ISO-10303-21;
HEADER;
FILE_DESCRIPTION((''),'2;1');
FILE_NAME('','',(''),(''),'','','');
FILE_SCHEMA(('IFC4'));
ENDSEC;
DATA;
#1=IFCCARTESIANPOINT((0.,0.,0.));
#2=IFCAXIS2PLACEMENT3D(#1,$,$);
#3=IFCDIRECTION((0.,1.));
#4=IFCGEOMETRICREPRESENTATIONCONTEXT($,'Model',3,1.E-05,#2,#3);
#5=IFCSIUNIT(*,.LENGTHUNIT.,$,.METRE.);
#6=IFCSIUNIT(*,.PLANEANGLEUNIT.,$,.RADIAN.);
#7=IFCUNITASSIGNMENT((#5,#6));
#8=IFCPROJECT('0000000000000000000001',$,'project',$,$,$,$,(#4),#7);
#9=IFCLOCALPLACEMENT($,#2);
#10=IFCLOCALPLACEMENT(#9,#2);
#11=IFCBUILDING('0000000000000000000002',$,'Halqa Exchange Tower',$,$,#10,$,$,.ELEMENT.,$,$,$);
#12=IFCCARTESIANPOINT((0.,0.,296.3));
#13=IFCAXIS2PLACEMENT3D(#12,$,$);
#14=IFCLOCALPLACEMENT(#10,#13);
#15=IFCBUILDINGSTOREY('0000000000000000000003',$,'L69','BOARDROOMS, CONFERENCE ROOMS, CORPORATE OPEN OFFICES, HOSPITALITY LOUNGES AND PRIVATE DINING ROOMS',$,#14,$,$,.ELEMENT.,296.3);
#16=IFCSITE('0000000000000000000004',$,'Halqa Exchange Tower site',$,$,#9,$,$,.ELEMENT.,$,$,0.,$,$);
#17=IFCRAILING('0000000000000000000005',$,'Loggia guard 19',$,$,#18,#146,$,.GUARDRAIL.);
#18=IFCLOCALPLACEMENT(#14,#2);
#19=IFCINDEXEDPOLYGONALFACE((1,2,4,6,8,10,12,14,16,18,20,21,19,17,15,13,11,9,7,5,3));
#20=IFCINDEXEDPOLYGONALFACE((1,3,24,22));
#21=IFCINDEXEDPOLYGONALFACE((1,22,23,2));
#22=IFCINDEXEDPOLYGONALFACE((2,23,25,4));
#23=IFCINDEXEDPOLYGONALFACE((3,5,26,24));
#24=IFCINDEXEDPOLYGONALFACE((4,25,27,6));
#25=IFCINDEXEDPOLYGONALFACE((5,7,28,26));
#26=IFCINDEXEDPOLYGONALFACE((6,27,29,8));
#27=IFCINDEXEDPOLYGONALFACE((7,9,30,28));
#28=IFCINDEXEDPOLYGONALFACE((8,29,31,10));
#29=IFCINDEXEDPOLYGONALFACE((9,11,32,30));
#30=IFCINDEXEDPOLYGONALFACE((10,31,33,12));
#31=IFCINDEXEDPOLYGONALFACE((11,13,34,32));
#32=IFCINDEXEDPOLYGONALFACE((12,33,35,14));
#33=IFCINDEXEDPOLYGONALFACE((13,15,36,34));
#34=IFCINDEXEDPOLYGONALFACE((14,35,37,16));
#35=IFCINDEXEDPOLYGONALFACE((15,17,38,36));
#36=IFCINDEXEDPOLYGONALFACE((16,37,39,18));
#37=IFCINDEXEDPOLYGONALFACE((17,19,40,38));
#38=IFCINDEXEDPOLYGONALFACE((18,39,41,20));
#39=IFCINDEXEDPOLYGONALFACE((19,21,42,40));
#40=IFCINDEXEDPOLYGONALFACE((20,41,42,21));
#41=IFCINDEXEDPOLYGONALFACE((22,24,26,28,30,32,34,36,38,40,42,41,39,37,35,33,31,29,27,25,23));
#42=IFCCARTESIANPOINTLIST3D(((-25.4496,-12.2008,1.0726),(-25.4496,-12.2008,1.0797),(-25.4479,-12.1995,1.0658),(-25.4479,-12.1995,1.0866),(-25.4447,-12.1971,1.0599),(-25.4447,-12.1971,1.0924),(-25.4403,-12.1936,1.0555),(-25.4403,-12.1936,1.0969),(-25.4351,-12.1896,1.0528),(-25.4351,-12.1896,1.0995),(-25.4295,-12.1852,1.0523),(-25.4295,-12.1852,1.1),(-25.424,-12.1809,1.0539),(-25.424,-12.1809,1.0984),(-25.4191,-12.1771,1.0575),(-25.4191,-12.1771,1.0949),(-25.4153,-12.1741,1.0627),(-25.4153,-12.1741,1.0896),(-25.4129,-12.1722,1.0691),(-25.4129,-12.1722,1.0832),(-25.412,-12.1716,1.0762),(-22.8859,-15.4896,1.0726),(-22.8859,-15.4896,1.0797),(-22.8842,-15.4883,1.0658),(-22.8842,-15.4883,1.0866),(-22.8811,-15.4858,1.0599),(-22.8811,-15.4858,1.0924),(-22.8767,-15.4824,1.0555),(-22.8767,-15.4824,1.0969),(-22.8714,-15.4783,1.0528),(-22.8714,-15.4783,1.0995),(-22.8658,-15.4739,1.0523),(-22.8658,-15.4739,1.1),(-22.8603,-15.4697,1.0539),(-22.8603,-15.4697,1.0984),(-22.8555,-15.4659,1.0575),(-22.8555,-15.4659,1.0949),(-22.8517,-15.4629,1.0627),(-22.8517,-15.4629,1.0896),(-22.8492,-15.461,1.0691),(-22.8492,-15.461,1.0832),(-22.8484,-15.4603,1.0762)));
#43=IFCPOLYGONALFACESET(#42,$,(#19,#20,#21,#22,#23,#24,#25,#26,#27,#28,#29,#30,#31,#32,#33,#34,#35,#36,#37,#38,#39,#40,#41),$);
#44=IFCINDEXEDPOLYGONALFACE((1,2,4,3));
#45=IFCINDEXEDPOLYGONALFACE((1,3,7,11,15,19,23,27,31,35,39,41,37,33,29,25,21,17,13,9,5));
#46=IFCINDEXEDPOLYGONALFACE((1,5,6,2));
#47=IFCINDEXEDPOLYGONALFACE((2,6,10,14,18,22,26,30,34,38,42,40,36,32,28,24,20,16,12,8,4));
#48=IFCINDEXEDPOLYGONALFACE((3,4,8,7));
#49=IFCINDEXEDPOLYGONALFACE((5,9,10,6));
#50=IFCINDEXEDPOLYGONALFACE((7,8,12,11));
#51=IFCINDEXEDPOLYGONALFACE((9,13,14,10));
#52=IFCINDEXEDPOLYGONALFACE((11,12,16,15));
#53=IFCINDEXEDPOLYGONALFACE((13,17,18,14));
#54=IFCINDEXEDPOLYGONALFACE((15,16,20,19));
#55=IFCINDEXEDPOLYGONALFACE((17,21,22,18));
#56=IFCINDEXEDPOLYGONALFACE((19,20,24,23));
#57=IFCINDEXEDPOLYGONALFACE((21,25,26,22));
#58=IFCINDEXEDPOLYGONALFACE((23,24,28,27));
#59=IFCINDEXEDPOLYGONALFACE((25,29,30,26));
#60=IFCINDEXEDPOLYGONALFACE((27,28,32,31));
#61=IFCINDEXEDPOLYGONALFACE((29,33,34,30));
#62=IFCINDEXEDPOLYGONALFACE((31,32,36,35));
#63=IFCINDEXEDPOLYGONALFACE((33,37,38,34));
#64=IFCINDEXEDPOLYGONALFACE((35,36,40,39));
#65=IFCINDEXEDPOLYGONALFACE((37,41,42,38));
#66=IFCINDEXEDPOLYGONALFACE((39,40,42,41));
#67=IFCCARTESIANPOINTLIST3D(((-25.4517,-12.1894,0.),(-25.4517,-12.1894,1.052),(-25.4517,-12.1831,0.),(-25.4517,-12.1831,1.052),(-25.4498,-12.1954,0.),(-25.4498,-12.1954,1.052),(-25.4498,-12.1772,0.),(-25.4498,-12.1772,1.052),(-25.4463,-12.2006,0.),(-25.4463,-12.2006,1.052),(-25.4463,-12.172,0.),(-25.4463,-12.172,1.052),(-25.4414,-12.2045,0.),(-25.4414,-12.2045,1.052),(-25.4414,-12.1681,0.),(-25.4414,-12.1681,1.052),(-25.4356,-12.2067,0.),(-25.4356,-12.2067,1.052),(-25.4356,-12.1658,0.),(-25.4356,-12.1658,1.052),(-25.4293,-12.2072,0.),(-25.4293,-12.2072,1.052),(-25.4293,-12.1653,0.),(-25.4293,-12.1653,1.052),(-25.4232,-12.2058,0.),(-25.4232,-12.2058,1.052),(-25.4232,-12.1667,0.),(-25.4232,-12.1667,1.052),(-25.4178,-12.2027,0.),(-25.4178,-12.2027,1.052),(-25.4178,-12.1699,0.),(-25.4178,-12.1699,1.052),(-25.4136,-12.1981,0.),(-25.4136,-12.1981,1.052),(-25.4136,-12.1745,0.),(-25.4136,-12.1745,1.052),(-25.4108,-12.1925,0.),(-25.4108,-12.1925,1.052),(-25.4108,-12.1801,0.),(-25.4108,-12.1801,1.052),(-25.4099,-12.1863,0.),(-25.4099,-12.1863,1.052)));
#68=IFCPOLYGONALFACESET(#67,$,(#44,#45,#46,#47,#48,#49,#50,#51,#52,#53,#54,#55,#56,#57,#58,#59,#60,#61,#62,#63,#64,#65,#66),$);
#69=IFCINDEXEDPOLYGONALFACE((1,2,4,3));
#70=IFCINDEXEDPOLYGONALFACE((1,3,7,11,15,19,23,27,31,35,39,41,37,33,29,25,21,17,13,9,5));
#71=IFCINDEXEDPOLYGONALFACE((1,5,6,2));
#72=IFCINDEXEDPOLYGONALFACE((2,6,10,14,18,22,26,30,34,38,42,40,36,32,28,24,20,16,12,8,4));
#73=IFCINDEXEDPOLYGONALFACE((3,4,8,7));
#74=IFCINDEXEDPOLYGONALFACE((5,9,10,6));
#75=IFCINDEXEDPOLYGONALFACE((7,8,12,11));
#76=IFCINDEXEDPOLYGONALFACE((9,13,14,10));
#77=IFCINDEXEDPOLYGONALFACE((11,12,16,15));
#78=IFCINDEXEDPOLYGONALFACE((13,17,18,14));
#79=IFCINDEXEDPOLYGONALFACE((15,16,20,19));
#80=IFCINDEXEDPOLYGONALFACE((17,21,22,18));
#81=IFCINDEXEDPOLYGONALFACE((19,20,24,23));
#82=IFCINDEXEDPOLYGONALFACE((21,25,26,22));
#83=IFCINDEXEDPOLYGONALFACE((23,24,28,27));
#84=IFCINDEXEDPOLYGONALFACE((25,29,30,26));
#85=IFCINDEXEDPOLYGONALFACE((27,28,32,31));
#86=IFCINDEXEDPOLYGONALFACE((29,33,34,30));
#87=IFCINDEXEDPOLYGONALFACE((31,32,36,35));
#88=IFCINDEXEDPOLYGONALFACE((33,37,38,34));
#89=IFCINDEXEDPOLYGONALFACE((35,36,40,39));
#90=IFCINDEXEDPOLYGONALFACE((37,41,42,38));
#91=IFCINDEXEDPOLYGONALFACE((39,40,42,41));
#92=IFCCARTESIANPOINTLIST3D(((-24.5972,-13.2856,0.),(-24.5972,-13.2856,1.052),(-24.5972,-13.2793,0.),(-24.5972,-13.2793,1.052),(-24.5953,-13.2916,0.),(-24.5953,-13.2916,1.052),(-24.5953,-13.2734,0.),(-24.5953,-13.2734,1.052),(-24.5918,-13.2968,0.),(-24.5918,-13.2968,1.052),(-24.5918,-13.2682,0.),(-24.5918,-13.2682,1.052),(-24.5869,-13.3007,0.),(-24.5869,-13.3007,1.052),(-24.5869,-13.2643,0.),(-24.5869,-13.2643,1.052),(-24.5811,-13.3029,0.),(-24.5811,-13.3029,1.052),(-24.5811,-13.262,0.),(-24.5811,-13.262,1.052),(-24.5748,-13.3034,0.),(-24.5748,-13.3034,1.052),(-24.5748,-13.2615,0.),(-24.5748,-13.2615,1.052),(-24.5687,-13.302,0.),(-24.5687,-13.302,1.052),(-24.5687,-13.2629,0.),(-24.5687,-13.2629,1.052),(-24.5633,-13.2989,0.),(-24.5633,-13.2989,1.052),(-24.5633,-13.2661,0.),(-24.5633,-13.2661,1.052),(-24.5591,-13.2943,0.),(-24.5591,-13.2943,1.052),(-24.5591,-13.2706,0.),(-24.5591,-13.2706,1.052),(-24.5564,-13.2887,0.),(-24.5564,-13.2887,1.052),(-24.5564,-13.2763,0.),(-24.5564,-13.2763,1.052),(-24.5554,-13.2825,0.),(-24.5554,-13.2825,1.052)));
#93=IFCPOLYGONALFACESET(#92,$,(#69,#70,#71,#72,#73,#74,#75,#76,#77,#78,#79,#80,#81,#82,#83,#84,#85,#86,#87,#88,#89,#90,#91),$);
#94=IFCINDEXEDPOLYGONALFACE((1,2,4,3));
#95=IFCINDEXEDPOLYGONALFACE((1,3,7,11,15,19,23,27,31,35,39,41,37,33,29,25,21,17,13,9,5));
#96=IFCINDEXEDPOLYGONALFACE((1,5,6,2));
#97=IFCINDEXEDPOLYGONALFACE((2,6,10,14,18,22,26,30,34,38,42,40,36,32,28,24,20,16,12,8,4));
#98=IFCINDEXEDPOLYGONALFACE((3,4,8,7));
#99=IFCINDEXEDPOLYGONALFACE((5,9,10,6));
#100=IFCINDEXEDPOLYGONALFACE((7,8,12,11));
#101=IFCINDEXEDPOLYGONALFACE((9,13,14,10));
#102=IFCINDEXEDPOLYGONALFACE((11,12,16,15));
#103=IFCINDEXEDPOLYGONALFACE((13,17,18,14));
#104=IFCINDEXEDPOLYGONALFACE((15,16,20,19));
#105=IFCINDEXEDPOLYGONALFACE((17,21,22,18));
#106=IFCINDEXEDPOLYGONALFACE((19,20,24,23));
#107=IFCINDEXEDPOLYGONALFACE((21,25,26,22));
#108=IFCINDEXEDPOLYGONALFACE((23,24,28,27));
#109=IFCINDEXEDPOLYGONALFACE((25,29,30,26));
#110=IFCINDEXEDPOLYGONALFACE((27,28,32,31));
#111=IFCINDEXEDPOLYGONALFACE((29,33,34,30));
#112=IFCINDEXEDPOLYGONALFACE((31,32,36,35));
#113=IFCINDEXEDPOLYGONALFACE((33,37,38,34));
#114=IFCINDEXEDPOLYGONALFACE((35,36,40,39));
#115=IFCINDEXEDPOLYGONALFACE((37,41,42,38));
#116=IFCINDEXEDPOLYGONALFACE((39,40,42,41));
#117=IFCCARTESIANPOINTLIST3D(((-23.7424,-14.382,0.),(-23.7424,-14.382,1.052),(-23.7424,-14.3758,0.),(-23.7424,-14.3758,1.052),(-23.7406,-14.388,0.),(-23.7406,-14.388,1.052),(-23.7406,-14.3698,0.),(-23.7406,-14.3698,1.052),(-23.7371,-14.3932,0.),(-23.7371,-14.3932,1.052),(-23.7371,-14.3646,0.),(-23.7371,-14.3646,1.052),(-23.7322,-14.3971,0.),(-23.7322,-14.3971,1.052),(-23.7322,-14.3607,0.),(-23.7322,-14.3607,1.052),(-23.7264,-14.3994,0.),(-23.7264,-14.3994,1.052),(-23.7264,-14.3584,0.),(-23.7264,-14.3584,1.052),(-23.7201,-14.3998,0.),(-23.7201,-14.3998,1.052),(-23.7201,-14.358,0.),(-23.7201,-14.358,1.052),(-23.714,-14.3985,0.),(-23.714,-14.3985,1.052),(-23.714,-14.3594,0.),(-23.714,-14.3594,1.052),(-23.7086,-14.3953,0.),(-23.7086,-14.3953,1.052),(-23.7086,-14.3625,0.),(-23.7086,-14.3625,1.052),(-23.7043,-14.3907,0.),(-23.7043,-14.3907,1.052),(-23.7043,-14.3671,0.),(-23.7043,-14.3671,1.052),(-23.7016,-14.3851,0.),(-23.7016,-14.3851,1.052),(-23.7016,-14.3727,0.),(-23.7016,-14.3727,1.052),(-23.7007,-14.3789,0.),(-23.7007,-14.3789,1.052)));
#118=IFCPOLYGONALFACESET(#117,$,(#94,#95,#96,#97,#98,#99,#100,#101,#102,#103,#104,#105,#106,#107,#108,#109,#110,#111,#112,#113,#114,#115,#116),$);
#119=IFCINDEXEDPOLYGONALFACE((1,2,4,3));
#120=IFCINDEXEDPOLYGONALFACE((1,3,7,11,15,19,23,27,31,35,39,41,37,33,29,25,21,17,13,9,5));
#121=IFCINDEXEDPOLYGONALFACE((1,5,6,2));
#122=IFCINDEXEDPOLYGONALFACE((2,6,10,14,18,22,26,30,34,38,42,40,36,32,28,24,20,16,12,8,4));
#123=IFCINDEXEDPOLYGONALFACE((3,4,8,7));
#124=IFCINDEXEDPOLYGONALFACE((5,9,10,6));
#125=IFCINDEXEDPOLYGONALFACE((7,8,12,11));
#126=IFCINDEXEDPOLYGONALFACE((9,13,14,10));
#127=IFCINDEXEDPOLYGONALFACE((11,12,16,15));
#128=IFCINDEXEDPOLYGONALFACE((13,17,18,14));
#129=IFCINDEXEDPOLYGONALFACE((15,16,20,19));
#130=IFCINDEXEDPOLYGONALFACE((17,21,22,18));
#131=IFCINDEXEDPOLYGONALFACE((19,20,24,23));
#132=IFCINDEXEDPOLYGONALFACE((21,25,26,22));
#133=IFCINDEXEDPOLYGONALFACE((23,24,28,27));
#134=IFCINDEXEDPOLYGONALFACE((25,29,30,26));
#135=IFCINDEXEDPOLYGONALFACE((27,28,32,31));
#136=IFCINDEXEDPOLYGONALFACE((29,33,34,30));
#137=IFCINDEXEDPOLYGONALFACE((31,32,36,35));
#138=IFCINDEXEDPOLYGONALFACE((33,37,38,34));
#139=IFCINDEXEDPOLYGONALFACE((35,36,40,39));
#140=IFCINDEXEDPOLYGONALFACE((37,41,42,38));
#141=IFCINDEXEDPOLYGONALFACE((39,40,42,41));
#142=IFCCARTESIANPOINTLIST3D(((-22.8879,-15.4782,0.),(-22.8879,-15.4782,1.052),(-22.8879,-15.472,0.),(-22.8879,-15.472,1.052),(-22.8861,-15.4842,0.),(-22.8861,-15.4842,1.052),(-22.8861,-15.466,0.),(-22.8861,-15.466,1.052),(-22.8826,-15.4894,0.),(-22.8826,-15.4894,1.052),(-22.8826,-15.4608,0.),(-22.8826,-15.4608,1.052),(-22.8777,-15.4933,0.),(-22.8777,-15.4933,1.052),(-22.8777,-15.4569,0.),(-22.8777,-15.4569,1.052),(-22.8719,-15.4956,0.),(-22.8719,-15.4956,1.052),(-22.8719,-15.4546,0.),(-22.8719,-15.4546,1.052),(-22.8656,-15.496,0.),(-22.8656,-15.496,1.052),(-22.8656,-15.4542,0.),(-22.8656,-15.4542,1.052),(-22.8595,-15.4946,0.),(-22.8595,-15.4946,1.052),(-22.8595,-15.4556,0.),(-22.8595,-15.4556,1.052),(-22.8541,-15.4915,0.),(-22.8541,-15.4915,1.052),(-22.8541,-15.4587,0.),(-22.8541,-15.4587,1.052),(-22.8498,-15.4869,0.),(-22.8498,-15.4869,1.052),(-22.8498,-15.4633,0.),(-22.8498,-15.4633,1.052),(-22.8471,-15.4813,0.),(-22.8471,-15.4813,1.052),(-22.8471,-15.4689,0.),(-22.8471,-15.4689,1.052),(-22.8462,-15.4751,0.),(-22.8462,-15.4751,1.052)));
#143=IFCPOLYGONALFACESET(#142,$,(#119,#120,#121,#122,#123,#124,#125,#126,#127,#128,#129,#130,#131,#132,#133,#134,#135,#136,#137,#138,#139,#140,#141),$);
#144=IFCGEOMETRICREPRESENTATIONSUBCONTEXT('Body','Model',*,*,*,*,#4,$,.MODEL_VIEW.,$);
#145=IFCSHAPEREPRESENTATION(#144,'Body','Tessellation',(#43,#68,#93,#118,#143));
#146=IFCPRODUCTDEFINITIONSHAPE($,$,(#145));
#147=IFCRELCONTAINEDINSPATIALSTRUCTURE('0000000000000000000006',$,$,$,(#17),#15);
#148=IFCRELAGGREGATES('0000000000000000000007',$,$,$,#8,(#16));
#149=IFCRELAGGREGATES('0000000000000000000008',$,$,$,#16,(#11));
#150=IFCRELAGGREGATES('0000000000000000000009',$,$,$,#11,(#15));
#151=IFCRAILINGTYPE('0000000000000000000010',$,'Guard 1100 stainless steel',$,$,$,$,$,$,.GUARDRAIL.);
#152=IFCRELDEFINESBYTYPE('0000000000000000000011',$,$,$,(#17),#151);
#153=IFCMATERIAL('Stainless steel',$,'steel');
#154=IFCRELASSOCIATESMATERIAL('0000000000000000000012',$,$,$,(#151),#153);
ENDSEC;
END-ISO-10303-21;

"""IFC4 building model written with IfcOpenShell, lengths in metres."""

from ifc_helpers import new_model, si_unit, direction, frame, origin, origin_2d, place, context, subcontext, project, spatial, circle, extrude, material, type_object, element, save


model = new_model("IFC4")

# Units and contexts
model_context = context("Model", 3, precision=1e-05, world=origin(), true_north=direction((0.0, 1.0)))
body_context = subcontext(model_context, "Body", "Model", "MODEL_VIEW")
ifc_project = project(units=[si_unit("LENGTHUNIT", "METRE"), si_unit("PLANEANGLEUNIT", "RADIAN")], contexts=[model_context])

# Site, building, storey
site_placement = place(None, origin())
site = spatial("IfcSite", under=ifc_project, at=site_placement, Name="Halqa Exchange Tower site", CompositionType="ELEMENT", RefElevation=0.0)
building_placement = place(site_placement, origin())
building = spatial("IfcBuilding", under=site, at=building_placement, Name="Halqa Exchange Tower", CompositionType="ELEMENT")
storey_placement = place(building_placement, frame((0.0, 0.0, 296.3)))
storey = spatial("IfcBuildingStorey", under=building, at=storey_placement, Name="L69", Description="BOARDROOMS, CONFERENCE ROOMS, CORPORATE OPEN OFFICES, HOSPITALITY LOUNGES AND PRIVATE DINING ROOMS", CompositionType="ELEMENT", Elevation=296.3)

# Railing
ifc_material_1 = material(Name="Stainless steel", Category="steel")
railing_type = type_object("IfcRailingType", Name="Guard 1100 stainless steel", PredefinedType="GUARDRAIL", material=ifc_material_1)
railing_1_placement = place(storey_placement, frame((-25.4309, -12.1863, 0.0)))
element("IfcRailing", 1, at=railing_1_placement, inside=storey, type_object=railing_type, Name="Loggia guard 19", PredefinedType="GUARDRAIL", context=body_context, shape_type="SweptSolid", body=[
    extrude(circle(Radius=0.0239, at=origin_2d()), frame((0.0, 0.0, 1.0762), z_axis=(0.6148, -0.788683, 0.0), x_axis=(0.788683, 0.6148, 0.0)), (0.0, 0.0, 1.0), 4.1699),
    extrude(circle(Radius=0.021, at=origin_2d()), origin(), (0.0, 0.0, 1.0), 1.052),
    extrude(circle(Radius=0.021, at=origin_2d()), frame((0.8545, -1.0962, 0.0)), (0.0, 0.0, 1.0), 1.052),
    extrude(circle(Radius=0.021, at=origin_2d()), frame((1.7092, -2.1926, 0.0)), (0.0, 0.0, 1.0), 1.052),
    extrude(circle(Radius=0.021, at=origin_2d()), frame((2.5637, -3.2888, 0.0)), (0.0, 0.0, 1.0), 1.052),
])

save(model, "model.ifc")
